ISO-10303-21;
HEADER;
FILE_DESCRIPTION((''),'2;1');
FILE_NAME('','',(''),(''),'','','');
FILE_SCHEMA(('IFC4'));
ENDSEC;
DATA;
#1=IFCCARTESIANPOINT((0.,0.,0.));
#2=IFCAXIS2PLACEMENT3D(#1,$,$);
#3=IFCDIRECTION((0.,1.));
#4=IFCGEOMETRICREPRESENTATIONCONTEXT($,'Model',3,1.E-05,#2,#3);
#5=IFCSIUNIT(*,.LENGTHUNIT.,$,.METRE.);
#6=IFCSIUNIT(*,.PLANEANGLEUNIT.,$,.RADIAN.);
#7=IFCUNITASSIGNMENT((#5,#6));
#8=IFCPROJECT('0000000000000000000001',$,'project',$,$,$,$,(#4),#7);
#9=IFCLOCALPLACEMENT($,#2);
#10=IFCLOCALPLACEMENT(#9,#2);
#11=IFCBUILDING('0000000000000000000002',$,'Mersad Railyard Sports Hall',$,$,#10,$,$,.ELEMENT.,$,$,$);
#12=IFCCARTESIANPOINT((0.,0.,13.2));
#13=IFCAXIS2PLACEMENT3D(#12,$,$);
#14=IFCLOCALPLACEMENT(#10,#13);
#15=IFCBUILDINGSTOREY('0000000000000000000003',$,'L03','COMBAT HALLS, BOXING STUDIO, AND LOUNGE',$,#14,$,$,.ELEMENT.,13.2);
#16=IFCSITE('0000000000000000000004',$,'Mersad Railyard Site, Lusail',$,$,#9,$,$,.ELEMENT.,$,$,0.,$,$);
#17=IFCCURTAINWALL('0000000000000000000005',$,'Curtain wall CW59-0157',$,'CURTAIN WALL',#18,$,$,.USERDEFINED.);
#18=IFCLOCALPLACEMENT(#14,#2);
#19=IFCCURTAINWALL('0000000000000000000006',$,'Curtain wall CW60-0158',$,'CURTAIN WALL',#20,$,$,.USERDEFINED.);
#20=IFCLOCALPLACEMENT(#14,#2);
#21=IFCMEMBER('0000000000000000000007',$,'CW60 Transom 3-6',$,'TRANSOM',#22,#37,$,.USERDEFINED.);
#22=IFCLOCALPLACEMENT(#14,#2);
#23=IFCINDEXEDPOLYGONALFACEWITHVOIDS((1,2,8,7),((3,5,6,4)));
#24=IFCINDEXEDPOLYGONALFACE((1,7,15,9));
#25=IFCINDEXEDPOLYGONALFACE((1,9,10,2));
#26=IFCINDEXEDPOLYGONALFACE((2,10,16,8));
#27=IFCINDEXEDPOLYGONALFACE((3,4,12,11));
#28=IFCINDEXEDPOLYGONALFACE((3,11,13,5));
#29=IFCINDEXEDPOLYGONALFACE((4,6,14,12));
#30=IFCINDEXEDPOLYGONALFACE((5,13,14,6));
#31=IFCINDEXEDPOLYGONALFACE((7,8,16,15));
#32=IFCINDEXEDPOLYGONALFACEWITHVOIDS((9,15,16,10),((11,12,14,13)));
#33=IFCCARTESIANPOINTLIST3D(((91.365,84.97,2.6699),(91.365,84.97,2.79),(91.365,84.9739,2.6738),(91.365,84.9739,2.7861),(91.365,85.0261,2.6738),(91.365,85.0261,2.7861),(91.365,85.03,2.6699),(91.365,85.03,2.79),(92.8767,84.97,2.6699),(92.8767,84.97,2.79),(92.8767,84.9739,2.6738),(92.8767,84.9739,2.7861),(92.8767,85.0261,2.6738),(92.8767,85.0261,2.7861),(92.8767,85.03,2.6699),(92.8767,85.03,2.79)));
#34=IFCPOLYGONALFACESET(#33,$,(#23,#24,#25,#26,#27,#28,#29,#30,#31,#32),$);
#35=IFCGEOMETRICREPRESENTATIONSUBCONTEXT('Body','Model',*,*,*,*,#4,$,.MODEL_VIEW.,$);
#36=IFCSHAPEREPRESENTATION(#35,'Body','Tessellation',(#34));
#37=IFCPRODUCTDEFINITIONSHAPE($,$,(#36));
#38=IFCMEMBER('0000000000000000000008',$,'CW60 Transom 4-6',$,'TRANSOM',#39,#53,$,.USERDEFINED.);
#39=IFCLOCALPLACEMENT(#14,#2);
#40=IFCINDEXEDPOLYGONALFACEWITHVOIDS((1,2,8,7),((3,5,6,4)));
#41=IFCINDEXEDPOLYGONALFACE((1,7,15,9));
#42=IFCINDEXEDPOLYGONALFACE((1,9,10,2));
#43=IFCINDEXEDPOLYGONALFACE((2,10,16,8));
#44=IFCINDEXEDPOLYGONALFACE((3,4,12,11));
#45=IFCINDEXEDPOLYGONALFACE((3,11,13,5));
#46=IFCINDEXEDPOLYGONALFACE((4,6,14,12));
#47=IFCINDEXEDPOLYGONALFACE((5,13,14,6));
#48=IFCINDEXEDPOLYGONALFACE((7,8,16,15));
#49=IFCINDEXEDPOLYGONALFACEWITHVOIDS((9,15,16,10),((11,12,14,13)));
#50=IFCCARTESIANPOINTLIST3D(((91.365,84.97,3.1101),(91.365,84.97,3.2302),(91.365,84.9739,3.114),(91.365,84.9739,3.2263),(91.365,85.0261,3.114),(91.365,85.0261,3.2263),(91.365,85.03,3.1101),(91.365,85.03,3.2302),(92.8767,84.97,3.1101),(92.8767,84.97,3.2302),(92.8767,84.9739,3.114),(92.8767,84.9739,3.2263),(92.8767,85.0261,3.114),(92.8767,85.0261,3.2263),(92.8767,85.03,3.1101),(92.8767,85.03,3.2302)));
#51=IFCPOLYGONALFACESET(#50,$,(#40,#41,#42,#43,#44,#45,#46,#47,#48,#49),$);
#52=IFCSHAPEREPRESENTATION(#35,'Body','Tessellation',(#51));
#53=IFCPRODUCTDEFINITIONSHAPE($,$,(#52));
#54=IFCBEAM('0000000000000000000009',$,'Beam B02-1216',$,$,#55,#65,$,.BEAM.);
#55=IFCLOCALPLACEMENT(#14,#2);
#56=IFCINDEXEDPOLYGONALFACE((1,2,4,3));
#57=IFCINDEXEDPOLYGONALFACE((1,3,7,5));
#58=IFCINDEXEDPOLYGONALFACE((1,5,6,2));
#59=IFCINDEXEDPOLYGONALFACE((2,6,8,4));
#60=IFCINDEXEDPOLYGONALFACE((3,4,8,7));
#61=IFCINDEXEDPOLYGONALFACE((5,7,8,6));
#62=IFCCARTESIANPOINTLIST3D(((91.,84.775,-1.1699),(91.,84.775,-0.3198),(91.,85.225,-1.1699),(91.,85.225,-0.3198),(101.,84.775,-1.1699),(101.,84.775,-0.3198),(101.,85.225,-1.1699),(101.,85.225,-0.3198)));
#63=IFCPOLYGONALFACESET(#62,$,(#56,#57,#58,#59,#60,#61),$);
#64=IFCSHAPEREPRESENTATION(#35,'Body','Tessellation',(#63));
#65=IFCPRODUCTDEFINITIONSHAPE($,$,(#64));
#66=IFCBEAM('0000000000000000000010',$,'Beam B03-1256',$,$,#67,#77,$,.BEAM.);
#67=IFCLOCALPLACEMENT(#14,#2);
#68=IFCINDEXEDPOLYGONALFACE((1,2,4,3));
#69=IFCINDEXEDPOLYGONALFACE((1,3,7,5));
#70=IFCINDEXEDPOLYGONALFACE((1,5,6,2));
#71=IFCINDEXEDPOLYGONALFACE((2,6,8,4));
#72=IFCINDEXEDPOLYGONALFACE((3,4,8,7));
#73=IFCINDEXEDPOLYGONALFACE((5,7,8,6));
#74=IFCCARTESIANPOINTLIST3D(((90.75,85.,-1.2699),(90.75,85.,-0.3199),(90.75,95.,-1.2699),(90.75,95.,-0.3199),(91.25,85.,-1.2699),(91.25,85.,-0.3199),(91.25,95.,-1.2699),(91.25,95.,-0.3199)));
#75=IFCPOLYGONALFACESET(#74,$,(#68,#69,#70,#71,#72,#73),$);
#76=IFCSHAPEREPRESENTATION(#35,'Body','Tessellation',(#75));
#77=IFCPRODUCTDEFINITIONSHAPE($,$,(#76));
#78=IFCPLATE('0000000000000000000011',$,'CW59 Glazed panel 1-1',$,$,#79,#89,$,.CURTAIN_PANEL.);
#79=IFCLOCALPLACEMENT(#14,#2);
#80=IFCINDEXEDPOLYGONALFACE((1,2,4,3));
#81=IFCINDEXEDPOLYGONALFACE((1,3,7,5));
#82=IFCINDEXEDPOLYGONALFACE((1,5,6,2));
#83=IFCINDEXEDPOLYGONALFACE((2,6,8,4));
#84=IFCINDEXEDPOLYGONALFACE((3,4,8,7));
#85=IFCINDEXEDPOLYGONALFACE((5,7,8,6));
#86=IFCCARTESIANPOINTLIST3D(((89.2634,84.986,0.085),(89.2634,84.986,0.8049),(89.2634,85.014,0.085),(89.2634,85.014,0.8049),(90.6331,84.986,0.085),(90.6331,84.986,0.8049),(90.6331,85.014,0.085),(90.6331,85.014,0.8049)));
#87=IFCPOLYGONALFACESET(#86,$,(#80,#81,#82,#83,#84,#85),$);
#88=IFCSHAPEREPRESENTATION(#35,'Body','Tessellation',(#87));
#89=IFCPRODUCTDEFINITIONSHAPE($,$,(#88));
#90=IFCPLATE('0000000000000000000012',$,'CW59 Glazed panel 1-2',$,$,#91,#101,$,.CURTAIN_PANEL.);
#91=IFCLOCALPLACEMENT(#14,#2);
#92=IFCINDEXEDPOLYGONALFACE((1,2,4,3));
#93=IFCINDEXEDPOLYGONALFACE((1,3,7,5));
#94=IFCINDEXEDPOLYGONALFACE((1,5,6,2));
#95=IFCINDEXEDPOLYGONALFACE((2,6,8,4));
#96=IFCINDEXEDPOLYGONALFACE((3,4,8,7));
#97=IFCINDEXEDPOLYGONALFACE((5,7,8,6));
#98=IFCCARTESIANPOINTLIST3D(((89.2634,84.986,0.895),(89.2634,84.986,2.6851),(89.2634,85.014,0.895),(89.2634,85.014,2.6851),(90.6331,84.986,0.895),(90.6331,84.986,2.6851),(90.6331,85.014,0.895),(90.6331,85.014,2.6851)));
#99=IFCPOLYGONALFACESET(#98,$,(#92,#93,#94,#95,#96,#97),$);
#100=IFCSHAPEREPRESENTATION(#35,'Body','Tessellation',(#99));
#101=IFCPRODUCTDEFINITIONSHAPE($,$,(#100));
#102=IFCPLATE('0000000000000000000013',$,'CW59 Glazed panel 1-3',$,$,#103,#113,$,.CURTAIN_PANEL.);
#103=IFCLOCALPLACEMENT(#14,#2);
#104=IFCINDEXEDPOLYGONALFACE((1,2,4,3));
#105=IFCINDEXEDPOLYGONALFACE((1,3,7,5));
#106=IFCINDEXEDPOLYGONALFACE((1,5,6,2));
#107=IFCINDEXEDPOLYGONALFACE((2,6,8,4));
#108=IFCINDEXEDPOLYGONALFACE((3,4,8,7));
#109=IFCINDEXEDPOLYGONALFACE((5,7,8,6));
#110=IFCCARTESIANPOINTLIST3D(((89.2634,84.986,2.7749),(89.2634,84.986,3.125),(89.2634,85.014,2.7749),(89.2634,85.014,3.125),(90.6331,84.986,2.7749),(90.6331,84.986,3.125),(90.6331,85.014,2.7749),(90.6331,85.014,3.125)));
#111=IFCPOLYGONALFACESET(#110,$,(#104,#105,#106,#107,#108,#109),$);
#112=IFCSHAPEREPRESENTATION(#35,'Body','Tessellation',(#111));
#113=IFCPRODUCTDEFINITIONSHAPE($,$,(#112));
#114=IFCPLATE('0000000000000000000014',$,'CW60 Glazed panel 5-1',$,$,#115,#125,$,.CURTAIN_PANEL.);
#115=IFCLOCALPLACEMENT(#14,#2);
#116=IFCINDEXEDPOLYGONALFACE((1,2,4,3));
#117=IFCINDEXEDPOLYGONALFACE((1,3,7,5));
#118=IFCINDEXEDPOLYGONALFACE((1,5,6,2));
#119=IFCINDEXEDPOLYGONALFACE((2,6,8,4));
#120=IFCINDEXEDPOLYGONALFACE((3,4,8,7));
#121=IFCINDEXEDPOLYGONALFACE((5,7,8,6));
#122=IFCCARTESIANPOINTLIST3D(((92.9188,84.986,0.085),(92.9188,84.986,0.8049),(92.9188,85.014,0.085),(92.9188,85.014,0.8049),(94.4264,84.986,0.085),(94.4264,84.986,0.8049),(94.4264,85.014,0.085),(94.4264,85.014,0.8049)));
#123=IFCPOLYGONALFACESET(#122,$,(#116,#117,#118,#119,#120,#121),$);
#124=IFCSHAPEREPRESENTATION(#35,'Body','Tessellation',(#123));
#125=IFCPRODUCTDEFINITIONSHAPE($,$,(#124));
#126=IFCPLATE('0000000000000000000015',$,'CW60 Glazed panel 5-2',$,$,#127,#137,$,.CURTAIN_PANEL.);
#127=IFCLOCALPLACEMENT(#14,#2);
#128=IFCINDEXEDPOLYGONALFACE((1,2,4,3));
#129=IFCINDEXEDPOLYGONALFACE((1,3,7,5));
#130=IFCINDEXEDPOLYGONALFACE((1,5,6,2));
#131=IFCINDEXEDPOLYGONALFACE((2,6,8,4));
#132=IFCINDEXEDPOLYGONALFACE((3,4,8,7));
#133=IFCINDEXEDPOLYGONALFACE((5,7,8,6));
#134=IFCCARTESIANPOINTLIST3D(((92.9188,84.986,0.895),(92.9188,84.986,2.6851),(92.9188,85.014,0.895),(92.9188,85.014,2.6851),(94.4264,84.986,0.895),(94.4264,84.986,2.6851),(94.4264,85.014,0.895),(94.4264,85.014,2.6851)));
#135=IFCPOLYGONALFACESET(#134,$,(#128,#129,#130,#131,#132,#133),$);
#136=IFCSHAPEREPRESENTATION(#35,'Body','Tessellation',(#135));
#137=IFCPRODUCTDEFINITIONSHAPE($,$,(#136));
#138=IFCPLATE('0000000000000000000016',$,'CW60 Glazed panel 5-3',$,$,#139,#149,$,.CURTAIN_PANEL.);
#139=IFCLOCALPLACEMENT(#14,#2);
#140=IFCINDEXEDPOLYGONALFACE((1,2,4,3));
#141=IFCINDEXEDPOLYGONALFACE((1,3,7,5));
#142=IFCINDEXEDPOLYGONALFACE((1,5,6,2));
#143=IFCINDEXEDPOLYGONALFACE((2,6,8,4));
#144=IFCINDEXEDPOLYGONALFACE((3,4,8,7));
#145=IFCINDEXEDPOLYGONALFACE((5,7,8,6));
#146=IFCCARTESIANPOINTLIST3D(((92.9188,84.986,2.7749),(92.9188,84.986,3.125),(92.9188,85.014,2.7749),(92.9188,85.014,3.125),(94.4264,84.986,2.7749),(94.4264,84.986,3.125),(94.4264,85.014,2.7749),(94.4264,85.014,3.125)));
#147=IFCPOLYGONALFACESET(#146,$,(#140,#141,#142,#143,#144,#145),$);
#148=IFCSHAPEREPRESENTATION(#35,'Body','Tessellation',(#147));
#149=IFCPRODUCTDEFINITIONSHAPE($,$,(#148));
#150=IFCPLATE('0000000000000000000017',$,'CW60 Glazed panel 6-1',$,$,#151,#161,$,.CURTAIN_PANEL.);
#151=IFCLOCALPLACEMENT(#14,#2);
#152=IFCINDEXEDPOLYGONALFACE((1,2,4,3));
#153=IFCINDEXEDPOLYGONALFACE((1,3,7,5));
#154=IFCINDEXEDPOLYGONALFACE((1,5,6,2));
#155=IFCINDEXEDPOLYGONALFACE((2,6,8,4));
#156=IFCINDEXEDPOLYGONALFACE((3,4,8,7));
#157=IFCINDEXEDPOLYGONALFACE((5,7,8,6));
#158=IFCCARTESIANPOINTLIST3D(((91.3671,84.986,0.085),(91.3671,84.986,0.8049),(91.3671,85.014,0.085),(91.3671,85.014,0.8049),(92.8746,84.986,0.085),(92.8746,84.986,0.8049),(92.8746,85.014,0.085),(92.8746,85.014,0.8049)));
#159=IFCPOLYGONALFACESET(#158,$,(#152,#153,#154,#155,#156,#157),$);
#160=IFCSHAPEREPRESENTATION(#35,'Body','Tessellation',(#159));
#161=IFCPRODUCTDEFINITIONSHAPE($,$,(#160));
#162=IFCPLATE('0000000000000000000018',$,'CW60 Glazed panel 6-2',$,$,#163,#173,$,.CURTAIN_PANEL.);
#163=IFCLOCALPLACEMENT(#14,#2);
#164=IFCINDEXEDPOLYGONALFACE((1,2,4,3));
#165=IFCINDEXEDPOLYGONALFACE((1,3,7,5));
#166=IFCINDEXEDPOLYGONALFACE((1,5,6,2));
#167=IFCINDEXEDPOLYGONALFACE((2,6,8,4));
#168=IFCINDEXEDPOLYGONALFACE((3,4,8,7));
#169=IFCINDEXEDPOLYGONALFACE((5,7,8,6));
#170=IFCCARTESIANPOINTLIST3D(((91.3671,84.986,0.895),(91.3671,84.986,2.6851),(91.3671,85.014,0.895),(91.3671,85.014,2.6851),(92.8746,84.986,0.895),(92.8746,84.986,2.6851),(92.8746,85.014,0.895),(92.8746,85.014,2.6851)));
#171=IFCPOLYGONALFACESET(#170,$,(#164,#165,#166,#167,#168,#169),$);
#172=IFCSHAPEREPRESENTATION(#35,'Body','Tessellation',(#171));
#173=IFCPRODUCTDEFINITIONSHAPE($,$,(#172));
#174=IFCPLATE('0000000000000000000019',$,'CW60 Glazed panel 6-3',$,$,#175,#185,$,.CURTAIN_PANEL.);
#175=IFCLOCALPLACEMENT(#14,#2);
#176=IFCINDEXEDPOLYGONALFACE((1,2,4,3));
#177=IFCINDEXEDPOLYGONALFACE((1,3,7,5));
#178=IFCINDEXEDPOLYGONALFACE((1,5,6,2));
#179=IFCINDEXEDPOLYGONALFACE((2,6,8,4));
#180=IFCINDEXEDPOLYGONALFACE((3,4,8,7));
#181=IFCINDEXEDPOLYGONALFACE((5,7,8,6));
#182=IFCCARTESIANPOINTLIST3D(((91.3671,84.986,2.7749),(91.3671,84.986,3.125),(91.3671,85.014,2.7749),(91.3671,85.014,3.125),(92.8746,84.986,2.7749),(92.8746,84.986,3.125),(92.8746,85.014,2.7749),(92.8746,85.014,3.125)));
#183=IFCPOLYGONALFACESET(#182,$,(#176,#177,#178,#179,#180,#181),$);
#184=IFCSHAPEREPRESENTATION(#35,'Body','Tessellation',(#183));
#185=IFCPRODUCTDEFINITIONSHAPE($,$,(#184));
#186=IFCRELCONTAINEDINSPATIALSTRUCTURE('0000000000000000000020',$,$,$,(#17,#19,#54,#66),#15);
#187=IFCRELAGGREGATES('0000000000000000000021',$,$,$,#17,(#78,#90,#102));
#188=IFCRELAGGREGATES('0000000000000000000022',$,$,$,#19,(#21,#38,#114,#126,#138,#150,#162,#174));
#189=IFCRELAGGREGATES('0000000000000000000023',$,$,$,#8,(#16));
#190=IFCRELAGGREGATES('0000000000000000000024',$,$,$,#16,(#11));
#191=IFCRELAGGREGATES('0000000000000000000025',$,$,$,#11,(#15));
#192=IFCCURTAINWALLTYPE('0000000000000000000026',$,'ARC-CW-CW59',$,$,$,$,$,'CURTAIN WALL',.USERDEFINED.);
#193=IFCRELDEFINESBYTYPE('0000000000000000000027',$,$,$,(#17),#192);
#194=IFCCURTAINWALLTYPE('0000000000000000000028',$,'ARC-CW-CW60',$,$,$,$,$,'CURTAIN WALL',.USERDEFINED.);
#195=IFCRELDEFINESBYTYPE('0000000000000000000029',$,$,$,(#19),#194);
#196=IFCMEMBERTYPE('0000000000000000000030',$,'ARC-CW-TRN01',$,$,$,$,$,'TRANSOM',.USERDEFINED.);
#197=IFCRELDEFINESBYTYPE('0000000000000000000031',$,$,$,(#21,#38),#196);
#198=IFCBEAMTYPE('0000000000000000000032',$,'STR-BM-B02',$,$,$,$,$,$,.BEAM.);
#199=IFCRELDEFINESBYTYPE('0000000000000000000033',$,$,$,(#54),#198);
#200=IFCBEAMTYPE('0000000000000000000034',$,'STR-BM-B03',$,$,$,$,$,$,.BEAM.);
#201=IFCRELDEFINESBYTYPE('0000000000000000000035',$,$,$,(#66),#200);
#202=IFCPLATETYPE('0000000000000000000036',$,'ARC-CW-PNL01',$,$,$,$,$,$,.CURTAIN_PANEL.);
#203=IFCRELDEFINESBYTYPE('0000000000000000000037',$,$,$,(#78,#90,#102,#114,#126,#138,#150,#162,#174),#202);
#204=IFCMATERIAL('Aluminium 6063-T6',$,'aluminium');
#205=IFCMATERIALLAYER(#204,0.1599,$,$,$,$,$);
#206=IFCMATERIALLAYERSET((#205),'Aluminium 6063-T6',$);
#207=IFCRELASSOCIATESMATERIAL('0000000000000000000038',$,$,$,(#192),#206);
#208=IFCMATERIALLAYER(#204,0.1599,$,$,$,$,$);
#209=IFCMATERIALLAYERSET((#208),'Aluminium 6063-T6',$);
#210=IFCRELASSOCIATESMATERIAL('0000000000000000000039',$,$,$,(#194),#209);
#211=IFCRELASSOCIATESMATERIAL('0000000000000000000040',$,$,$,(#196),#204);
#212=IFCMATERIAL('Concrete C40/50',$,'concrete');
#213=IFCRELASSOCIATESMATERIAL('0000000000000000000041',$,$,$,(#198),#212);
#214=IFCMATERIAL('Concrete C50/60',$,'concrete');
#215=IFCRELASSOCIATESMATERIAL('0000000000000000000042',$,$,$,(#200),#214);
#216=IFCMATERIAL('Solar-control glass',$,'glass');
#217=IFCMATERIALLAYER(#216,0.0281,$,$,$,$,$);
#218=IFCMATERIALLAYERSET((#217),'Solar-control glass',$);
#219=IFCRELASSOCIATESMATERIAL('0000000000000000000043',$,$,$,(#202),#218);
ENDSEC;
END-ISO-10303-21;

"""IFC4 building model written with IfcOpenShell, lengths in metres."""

from ifc_helpers import new_model, si_unit, direction, frame, origin, origin_2d, place, context, subcontext, project, spatial, rectangle, hollow_rectangle, extrude, material, layer, layer_set, material_profile, profile_set, type_object, element, aggregate, save


model = new_model("IFC4")

# Units and contexts
model_context = context("Model", 3, precision=1e-05, world=origin(), true_north=direction((0.0, 1.0)))
body_context = subcontext(model_context, "Body", "Model", "MODEL_VIEW")
ifc_project = project(units=[si_unit("LENGTHUNIT", "METRE"), si_unit("PLANEANGLEUNIT", "RADIAN")], contexts=[model_context])

# Site, building, storey
site_placement = place(None, origin())
site = spatial("IfcSite", under=ifc_project, at=site_placement, Name="Mersad Railyard Site, Lusail", CompositionType="ELEMENT", RefElevation=0.0)
building_placement = place(site_placement, origin())
building = spatial("IfcBuilding", under=site, at=building_placement, Name="Mersad Railyard Sports Hall", CompositionType="ELEMENT")
storey_placement = place(building_placement, frame((0.0, 0.0, 13.2)))
storey = spatial("IfcBuildingStorey", under=building, at=storey_placement, Name="L03", Description="COMBAT HALLS, BOXING STUDIO, AND LOUNGE", CompositionType="ELEMENT", Elevation=13.2)

# Shared definitions
ifc_material_1 = material(Name="Concrete C40/50", Category="concrete")

# Curtain walls
ifc_material_2 = material(Name="Aluminium 6063-T6", Category="aluminium")
ifc_layer_1 = layer(ifc_material_2, 0.1599)
ifc_layer_set_1 = layer_set([ifc_layer_1], Name="Aluminium 6063-T6")
curtain_wall_type_1 = type_object("IfcCurtainWallType", Name="ARC-CW-CW59", ElementType="CURTAIN WALL", PredefinedType="USERDEFINED", material=ifc_layer_set_1)
curtain_wall_1_placement = place(storey_placement, origin())
curtain_wall_1 = element("IfcCurtainWall", 1, at=curtain_wall_1_placement, inside=storey, type_object=curtain_wall_type_1, Name="Curtain wall CW59-0157", ObjectType="CURTAIN WALL", PredefinedType="USERDEFINED")
ifc_layer_2 = layer(ifc_material_2, 0.1599)
ifc_layer_set_2 = layer_set([ifc_layer_2], Name="Aluminium 6063-T6")
curtain_wall_type_2 = type_object("IfcCurtainWallType", Name="ARC-CW-CW60", ElementType="CURTAIN WALL", PredefinedType="USERDEFINED", material=ifc_layer_set_2)
curtain_wall_2_placement = place(storey_placement, origin())
curtain_wall_2 = element("IfcCurtainWall", 2, at=curtain_wall_2_placement, inside=storey, type_object=curtain_wall_type_2, Name="Curtain wall CW60-0158", ObjectType="CURTAIN WALL", PredefinedType="USERDEFINED")

# Members
ifc_material_profile_1 = material_profile(ifc_material_2, hollow_rectangle(XDim=0.0601, YDim=0.1201, WallThickness=0.0039, at=origin_2d()), Name="AL TRANSOM 60x120x4")
ifc_profile_set_1 = profile_set([ifc_material_profile_1], Name="Aluminium 6063-T6")
member_type_1 = type_object("IfcMemberType", Name="ARC-CW-TRN01", ElementType="TRANSOM", PredefinedType="USERDEFINED", material=ifc_profile_set_1)
member_1_placement = place(storey_placement, frame((92.8767, 85.0, 2.73), z_axis=(-1.0, 0.0, 0.0), x_axis=(0.0, -1.0, 0.0)))
member_1 = element("IfcMember", 3, at=member_1_placement, type_object=member_type_1, Name="CW60 Transom 3-6", ObjectType="TRANSOM", PredefinedType="USERDEFINED", context=body_context, shape_type="SweptSolid", body=[
    extrude(hollow_rectangle(XDim=0.0601, YDim=0.1201, WallThickness=0.0039, at=origin_2d()), origin(), (0.0, 0.0, 1.0), 1.5117),
])
member_2_placement = place(storey_placement, frame((92.8767, 85.0, 3.1702), z_axis=(-1.0, 0.0, 0.0), x_axis=(0.0, -1.0, 0.0)))
member_2 = element("IfcMember", 4, at=member_2_placement, type_object=member_type_1, Name="CW60 Transom 4-6", ObjectType="TRANSOM", PredefinedType="USERDEFINED", context=body_context, shape_type="SweptSolid", body=[
    extrude(hollow_rectangle(XDim=0.0601, YDim=0.1201, WallThickness=0.0039, at=origin_2d()), origin(), (0.0, 0.0, 1.0), 1.5117),
])

# Beams
ifc_material_profile_2 = material_profile(ifc_material_1, rectangle(XDim=0.45, YDim=0.8501, at=origin_2d()), Name="RC 450x850")
ifc_profile_set_2 = profile_set([ifc_material_profile_2], Name="Concrete C40/50")
beam_type_1 = type_object("IfcBeamType", Name="STR-BM-B02", PredefinedType="BEAM", material=ifc_profile_set_2)
beam_1_placement = place(storey_placement, frame((91.0, 85.0, -0.7449), z_axis=(1.0, 0.0, 0.0), x_axis=(0.0, 1.0, 0.0)))
element("IfcBeam", 5, at=beam_1_placement, inside=storey, type_object=beam_type_1, Name="Beam B02-1216", PredefinedType="BEAM", context=body_context, shape_type="SweptSolid", body=[
    extrude(rectangle(XDim=0.45, YDim=0.8501, at=origin_2d()), origin(), (0.0, 0.0, 1.0), 10.0),
])
ifc_material_3 = material(Name="Concrete C50/60", Category="concrete")
ifc_material_profile_3 = material_profile(ifc_material_3, rectangle(XDim=0.5, YDim=0.95, at=origin_2d()), Name="RC 500x950")
ifc_profile_set_3 = profile_set([ifc_material_profile_3], Name="Concrete C50/60")
beam_type_2 = type_object("IfcBeamType", Name="STR-BM-B03", PredefinedType="BEAM", material=ifc_profile_set_3)
beam_2_placement = place(storey_placement, frame((91.0, 85.0, -0.7949), z_axis=(0.0, 1.0, 0.0), x_axis=(-1.0, 0.0, 0.0)))
element("IfcBeam", 6, at=beam_2_placement, inside=storey, type_object=beam_type_2, Name="Beam B03-1256", PredefinedType="BEAM", context=body_context, shape_type="SweptSolid", body=[
    extrude(rectangle(XDim=0.5, YDim=0.95, at=origin_2d()), origin(), (0.0, 0.0, 1.0), 10.0),
])

# Plates
ifc_material_4 = material(Name="Solar-control glass", Category="glass")
ifc_layer_3 = layer(ifc_material_4, 0.0281)
ifc_layer_set_3 = layer_set([ifc_layer_3], Name="Solar-control glass")
plate_type = type_object("IfcPlateType", Name="ARC-CW-PNL01", PredefinedType="CURTAIN_PANEL", material=ifc_layer_set_3)
plate_1_placement = place(storey_placement, frame((89.9482, 85.0, 0.085), z_axis=(0.0, 0.0, 1.0), x_axis=(-1.0, 0.0, 0.0)))
plate_1 = element("IfcPlate", 7, at=plate_1_placement, type_object=plate_type, Name="CW59 Glazed panel 1-1", PredefinedType="CURTAIN_PANEL", context=body_context, shape_type="SweptSolid", body=[
    extrude(rectangle(XDim=1.3696, YDim=0.0281, at=origin_2d()), origin(), (0.0, 0.0, 1.0), 0.72),
])
plate_2_placement = place(storey_placement, frame((89.9482, 85.0, 0.895), z_axis=(0.0, 0.0, 1.0), x_axis=(-1.0, 0.0, 0.0)))
plate_2 = element("IfcPlate", 8, at=plate_2_placement, type_object=plate_type, Name="CW59 Glazed panel 1-2", PredefinedType="CURTAIN_PANEL", context=body_context, shape_type="SweptSolid", body=[
    extrude(rectangle(XDim=1.3696, YDim=0.0281, at=origin_2d()), origin(), (0.0, 0.0, 1.0), 1.79),
])
plate_3_placement = place(storey_placement, frame((89.9482, 85.0, 2.7749), z_axis=(0.0, 0.0, 1.0), x_axis=(-1.0, 0.0, 0.0)))
plate_3 = element("IfcPlate", 9, at=plate_3_placement, type_object=plate_type, Name="CW59 Glazed panel 1-3", PredefinedType="CURTAIN_PANEL", context=body_context, shape_type="SweptSolid", body=[
    extrude(rectangle(XDim=1.3696, YDim=0.0281, at=origin_2d()), origin(), (0.0, 0.0, 1.0), 0.3501),
])
aggregate(curtain_wall_1, [plate_1, plate_2, plate_3])
plate_4_placement = place(storey_placement, frame((93.6726, 85.0, 0.085), z_axis=(0.0, 0.0, 1.0), x_axis=(-1.0, 0.0, 0.0)))
plate_4 = element("IfcPlate", 10, at=plate_4_placement, type_object=plate_type, Name="CW60 Glazed panel 5-1", PredefinedType="CURTAIN_PANEL", context=body_context, shape_type="SweptSolid", body=[
    extrude(rectangle(XDim=1.5076, YDim=0.0281, at=origin_2d()), origin(), (0.0, 0.0, 1.0), 0.72),
])
plate_5_placement = place(storey_placement, frame((93.6726, 85.0, 0.895), z_axis=(0.0, 0.0, 1.0), x_axis=(-1.0, 0.0, 0.0)))
plate_5 = element("IfcPlate", 11, at=plate_5_placement, type_object=plate_type, Name="CW60 Glazed panel 5-2", PredefinedType="CURTAIN_PANEL", context=body_context, shape_type="SweptSolid", body=[
    extrude(rectangle(XDim=1.5076, YDim=0.0281, at=origin_2d()), origin(), (0.0, 0.0, 1.0), 1.79),
])
plate_6_placement = place(storey_placement, frame((93.6726, 85.0, 2.7749), z_axis=(0.0, 0.0, 1.0), x_axis=(-1.0, 0.0, 0.0)))
plate_6 = element("IfcPlate", 12, at=plate_6_placement, type_object=plate_type, Name="CW60 Glazed panel 5-3", PredefinedType="CURTAIN_PANEL", context=body_context, shape_type="SweptSolid", body=[
    extrude(rectangle(XDim=1.5076, YDim=0.0281, at=origin_2d()), origin(), (0.0, 0.0, 1.0), 0.3501),
])
plate_7_placement = place(storey_placement, frame((92.1208, 85.0, 0.085), z_axis=(0.0, 0.0, 1.0), x_axis=(-1.0, 0.0, 0.0)))
plate_7 = element("IfcPlate", 13, at=plate_7_placement, type_object=plate_type, Name="CW60 Glazed panel 6-1", PredefinedType="CURTAIN_PANEL", context=body_context, shape_type="SweptSolid", body=[
    extrude(rectangle(XDim=1.5076, YDim=0.0281, at=origin_2d()), origin(), (0.0, 0.0, 1.0), 0.72),
])
plate_8_placement = place(storey_placement, frame((92.1208, 85.0, 0.895), z_axis=(0.0, 0.0, 1.0), x_axis=(-1.0, 0.0, 0.0)))
plate_8 = element("IfcPlate", 14, at=plate_8_placement, type_object=plate_type, Name="CW60 Glazed panel 6-2", PredefinedType="CURTAIN_PANEL", context=body_context, shape_type="SweptSolid", body=[
    extrude(rectangle(XDim=1.5076, YDim=0.0281, at=origin_2d()), origin(), (0.0, 0.0, 1.0), 1.79),
])
plate_9_placement = place(storey_placement, frame((92.1208, 85.0, 2.7749), z_axis=(0.0, 0.0, 1.0), x_axis=(-1.0, 0.0, 0.0)))
plate_9 = element("IfcPlate", 15, at=plate_9_placement, type_object=plate_type, Name="CW60 Glazed panel 6-3", PredefinedType="CURTAIN_PANEL", context=body_context, shape_type="SweptSolid", body=[
    extrude(rectangle(XDim=1.5076, YDim=0.0281, at=origin_2d()), origin(), (0.0, 0.0, 1.0), 0.3501),
])
aggregate(curtain_wall_2, [member_1, member_2, plate_4, plate_5, plate_6, plate_7, plate_8, plate_9])

save(model, "model.ifc")
